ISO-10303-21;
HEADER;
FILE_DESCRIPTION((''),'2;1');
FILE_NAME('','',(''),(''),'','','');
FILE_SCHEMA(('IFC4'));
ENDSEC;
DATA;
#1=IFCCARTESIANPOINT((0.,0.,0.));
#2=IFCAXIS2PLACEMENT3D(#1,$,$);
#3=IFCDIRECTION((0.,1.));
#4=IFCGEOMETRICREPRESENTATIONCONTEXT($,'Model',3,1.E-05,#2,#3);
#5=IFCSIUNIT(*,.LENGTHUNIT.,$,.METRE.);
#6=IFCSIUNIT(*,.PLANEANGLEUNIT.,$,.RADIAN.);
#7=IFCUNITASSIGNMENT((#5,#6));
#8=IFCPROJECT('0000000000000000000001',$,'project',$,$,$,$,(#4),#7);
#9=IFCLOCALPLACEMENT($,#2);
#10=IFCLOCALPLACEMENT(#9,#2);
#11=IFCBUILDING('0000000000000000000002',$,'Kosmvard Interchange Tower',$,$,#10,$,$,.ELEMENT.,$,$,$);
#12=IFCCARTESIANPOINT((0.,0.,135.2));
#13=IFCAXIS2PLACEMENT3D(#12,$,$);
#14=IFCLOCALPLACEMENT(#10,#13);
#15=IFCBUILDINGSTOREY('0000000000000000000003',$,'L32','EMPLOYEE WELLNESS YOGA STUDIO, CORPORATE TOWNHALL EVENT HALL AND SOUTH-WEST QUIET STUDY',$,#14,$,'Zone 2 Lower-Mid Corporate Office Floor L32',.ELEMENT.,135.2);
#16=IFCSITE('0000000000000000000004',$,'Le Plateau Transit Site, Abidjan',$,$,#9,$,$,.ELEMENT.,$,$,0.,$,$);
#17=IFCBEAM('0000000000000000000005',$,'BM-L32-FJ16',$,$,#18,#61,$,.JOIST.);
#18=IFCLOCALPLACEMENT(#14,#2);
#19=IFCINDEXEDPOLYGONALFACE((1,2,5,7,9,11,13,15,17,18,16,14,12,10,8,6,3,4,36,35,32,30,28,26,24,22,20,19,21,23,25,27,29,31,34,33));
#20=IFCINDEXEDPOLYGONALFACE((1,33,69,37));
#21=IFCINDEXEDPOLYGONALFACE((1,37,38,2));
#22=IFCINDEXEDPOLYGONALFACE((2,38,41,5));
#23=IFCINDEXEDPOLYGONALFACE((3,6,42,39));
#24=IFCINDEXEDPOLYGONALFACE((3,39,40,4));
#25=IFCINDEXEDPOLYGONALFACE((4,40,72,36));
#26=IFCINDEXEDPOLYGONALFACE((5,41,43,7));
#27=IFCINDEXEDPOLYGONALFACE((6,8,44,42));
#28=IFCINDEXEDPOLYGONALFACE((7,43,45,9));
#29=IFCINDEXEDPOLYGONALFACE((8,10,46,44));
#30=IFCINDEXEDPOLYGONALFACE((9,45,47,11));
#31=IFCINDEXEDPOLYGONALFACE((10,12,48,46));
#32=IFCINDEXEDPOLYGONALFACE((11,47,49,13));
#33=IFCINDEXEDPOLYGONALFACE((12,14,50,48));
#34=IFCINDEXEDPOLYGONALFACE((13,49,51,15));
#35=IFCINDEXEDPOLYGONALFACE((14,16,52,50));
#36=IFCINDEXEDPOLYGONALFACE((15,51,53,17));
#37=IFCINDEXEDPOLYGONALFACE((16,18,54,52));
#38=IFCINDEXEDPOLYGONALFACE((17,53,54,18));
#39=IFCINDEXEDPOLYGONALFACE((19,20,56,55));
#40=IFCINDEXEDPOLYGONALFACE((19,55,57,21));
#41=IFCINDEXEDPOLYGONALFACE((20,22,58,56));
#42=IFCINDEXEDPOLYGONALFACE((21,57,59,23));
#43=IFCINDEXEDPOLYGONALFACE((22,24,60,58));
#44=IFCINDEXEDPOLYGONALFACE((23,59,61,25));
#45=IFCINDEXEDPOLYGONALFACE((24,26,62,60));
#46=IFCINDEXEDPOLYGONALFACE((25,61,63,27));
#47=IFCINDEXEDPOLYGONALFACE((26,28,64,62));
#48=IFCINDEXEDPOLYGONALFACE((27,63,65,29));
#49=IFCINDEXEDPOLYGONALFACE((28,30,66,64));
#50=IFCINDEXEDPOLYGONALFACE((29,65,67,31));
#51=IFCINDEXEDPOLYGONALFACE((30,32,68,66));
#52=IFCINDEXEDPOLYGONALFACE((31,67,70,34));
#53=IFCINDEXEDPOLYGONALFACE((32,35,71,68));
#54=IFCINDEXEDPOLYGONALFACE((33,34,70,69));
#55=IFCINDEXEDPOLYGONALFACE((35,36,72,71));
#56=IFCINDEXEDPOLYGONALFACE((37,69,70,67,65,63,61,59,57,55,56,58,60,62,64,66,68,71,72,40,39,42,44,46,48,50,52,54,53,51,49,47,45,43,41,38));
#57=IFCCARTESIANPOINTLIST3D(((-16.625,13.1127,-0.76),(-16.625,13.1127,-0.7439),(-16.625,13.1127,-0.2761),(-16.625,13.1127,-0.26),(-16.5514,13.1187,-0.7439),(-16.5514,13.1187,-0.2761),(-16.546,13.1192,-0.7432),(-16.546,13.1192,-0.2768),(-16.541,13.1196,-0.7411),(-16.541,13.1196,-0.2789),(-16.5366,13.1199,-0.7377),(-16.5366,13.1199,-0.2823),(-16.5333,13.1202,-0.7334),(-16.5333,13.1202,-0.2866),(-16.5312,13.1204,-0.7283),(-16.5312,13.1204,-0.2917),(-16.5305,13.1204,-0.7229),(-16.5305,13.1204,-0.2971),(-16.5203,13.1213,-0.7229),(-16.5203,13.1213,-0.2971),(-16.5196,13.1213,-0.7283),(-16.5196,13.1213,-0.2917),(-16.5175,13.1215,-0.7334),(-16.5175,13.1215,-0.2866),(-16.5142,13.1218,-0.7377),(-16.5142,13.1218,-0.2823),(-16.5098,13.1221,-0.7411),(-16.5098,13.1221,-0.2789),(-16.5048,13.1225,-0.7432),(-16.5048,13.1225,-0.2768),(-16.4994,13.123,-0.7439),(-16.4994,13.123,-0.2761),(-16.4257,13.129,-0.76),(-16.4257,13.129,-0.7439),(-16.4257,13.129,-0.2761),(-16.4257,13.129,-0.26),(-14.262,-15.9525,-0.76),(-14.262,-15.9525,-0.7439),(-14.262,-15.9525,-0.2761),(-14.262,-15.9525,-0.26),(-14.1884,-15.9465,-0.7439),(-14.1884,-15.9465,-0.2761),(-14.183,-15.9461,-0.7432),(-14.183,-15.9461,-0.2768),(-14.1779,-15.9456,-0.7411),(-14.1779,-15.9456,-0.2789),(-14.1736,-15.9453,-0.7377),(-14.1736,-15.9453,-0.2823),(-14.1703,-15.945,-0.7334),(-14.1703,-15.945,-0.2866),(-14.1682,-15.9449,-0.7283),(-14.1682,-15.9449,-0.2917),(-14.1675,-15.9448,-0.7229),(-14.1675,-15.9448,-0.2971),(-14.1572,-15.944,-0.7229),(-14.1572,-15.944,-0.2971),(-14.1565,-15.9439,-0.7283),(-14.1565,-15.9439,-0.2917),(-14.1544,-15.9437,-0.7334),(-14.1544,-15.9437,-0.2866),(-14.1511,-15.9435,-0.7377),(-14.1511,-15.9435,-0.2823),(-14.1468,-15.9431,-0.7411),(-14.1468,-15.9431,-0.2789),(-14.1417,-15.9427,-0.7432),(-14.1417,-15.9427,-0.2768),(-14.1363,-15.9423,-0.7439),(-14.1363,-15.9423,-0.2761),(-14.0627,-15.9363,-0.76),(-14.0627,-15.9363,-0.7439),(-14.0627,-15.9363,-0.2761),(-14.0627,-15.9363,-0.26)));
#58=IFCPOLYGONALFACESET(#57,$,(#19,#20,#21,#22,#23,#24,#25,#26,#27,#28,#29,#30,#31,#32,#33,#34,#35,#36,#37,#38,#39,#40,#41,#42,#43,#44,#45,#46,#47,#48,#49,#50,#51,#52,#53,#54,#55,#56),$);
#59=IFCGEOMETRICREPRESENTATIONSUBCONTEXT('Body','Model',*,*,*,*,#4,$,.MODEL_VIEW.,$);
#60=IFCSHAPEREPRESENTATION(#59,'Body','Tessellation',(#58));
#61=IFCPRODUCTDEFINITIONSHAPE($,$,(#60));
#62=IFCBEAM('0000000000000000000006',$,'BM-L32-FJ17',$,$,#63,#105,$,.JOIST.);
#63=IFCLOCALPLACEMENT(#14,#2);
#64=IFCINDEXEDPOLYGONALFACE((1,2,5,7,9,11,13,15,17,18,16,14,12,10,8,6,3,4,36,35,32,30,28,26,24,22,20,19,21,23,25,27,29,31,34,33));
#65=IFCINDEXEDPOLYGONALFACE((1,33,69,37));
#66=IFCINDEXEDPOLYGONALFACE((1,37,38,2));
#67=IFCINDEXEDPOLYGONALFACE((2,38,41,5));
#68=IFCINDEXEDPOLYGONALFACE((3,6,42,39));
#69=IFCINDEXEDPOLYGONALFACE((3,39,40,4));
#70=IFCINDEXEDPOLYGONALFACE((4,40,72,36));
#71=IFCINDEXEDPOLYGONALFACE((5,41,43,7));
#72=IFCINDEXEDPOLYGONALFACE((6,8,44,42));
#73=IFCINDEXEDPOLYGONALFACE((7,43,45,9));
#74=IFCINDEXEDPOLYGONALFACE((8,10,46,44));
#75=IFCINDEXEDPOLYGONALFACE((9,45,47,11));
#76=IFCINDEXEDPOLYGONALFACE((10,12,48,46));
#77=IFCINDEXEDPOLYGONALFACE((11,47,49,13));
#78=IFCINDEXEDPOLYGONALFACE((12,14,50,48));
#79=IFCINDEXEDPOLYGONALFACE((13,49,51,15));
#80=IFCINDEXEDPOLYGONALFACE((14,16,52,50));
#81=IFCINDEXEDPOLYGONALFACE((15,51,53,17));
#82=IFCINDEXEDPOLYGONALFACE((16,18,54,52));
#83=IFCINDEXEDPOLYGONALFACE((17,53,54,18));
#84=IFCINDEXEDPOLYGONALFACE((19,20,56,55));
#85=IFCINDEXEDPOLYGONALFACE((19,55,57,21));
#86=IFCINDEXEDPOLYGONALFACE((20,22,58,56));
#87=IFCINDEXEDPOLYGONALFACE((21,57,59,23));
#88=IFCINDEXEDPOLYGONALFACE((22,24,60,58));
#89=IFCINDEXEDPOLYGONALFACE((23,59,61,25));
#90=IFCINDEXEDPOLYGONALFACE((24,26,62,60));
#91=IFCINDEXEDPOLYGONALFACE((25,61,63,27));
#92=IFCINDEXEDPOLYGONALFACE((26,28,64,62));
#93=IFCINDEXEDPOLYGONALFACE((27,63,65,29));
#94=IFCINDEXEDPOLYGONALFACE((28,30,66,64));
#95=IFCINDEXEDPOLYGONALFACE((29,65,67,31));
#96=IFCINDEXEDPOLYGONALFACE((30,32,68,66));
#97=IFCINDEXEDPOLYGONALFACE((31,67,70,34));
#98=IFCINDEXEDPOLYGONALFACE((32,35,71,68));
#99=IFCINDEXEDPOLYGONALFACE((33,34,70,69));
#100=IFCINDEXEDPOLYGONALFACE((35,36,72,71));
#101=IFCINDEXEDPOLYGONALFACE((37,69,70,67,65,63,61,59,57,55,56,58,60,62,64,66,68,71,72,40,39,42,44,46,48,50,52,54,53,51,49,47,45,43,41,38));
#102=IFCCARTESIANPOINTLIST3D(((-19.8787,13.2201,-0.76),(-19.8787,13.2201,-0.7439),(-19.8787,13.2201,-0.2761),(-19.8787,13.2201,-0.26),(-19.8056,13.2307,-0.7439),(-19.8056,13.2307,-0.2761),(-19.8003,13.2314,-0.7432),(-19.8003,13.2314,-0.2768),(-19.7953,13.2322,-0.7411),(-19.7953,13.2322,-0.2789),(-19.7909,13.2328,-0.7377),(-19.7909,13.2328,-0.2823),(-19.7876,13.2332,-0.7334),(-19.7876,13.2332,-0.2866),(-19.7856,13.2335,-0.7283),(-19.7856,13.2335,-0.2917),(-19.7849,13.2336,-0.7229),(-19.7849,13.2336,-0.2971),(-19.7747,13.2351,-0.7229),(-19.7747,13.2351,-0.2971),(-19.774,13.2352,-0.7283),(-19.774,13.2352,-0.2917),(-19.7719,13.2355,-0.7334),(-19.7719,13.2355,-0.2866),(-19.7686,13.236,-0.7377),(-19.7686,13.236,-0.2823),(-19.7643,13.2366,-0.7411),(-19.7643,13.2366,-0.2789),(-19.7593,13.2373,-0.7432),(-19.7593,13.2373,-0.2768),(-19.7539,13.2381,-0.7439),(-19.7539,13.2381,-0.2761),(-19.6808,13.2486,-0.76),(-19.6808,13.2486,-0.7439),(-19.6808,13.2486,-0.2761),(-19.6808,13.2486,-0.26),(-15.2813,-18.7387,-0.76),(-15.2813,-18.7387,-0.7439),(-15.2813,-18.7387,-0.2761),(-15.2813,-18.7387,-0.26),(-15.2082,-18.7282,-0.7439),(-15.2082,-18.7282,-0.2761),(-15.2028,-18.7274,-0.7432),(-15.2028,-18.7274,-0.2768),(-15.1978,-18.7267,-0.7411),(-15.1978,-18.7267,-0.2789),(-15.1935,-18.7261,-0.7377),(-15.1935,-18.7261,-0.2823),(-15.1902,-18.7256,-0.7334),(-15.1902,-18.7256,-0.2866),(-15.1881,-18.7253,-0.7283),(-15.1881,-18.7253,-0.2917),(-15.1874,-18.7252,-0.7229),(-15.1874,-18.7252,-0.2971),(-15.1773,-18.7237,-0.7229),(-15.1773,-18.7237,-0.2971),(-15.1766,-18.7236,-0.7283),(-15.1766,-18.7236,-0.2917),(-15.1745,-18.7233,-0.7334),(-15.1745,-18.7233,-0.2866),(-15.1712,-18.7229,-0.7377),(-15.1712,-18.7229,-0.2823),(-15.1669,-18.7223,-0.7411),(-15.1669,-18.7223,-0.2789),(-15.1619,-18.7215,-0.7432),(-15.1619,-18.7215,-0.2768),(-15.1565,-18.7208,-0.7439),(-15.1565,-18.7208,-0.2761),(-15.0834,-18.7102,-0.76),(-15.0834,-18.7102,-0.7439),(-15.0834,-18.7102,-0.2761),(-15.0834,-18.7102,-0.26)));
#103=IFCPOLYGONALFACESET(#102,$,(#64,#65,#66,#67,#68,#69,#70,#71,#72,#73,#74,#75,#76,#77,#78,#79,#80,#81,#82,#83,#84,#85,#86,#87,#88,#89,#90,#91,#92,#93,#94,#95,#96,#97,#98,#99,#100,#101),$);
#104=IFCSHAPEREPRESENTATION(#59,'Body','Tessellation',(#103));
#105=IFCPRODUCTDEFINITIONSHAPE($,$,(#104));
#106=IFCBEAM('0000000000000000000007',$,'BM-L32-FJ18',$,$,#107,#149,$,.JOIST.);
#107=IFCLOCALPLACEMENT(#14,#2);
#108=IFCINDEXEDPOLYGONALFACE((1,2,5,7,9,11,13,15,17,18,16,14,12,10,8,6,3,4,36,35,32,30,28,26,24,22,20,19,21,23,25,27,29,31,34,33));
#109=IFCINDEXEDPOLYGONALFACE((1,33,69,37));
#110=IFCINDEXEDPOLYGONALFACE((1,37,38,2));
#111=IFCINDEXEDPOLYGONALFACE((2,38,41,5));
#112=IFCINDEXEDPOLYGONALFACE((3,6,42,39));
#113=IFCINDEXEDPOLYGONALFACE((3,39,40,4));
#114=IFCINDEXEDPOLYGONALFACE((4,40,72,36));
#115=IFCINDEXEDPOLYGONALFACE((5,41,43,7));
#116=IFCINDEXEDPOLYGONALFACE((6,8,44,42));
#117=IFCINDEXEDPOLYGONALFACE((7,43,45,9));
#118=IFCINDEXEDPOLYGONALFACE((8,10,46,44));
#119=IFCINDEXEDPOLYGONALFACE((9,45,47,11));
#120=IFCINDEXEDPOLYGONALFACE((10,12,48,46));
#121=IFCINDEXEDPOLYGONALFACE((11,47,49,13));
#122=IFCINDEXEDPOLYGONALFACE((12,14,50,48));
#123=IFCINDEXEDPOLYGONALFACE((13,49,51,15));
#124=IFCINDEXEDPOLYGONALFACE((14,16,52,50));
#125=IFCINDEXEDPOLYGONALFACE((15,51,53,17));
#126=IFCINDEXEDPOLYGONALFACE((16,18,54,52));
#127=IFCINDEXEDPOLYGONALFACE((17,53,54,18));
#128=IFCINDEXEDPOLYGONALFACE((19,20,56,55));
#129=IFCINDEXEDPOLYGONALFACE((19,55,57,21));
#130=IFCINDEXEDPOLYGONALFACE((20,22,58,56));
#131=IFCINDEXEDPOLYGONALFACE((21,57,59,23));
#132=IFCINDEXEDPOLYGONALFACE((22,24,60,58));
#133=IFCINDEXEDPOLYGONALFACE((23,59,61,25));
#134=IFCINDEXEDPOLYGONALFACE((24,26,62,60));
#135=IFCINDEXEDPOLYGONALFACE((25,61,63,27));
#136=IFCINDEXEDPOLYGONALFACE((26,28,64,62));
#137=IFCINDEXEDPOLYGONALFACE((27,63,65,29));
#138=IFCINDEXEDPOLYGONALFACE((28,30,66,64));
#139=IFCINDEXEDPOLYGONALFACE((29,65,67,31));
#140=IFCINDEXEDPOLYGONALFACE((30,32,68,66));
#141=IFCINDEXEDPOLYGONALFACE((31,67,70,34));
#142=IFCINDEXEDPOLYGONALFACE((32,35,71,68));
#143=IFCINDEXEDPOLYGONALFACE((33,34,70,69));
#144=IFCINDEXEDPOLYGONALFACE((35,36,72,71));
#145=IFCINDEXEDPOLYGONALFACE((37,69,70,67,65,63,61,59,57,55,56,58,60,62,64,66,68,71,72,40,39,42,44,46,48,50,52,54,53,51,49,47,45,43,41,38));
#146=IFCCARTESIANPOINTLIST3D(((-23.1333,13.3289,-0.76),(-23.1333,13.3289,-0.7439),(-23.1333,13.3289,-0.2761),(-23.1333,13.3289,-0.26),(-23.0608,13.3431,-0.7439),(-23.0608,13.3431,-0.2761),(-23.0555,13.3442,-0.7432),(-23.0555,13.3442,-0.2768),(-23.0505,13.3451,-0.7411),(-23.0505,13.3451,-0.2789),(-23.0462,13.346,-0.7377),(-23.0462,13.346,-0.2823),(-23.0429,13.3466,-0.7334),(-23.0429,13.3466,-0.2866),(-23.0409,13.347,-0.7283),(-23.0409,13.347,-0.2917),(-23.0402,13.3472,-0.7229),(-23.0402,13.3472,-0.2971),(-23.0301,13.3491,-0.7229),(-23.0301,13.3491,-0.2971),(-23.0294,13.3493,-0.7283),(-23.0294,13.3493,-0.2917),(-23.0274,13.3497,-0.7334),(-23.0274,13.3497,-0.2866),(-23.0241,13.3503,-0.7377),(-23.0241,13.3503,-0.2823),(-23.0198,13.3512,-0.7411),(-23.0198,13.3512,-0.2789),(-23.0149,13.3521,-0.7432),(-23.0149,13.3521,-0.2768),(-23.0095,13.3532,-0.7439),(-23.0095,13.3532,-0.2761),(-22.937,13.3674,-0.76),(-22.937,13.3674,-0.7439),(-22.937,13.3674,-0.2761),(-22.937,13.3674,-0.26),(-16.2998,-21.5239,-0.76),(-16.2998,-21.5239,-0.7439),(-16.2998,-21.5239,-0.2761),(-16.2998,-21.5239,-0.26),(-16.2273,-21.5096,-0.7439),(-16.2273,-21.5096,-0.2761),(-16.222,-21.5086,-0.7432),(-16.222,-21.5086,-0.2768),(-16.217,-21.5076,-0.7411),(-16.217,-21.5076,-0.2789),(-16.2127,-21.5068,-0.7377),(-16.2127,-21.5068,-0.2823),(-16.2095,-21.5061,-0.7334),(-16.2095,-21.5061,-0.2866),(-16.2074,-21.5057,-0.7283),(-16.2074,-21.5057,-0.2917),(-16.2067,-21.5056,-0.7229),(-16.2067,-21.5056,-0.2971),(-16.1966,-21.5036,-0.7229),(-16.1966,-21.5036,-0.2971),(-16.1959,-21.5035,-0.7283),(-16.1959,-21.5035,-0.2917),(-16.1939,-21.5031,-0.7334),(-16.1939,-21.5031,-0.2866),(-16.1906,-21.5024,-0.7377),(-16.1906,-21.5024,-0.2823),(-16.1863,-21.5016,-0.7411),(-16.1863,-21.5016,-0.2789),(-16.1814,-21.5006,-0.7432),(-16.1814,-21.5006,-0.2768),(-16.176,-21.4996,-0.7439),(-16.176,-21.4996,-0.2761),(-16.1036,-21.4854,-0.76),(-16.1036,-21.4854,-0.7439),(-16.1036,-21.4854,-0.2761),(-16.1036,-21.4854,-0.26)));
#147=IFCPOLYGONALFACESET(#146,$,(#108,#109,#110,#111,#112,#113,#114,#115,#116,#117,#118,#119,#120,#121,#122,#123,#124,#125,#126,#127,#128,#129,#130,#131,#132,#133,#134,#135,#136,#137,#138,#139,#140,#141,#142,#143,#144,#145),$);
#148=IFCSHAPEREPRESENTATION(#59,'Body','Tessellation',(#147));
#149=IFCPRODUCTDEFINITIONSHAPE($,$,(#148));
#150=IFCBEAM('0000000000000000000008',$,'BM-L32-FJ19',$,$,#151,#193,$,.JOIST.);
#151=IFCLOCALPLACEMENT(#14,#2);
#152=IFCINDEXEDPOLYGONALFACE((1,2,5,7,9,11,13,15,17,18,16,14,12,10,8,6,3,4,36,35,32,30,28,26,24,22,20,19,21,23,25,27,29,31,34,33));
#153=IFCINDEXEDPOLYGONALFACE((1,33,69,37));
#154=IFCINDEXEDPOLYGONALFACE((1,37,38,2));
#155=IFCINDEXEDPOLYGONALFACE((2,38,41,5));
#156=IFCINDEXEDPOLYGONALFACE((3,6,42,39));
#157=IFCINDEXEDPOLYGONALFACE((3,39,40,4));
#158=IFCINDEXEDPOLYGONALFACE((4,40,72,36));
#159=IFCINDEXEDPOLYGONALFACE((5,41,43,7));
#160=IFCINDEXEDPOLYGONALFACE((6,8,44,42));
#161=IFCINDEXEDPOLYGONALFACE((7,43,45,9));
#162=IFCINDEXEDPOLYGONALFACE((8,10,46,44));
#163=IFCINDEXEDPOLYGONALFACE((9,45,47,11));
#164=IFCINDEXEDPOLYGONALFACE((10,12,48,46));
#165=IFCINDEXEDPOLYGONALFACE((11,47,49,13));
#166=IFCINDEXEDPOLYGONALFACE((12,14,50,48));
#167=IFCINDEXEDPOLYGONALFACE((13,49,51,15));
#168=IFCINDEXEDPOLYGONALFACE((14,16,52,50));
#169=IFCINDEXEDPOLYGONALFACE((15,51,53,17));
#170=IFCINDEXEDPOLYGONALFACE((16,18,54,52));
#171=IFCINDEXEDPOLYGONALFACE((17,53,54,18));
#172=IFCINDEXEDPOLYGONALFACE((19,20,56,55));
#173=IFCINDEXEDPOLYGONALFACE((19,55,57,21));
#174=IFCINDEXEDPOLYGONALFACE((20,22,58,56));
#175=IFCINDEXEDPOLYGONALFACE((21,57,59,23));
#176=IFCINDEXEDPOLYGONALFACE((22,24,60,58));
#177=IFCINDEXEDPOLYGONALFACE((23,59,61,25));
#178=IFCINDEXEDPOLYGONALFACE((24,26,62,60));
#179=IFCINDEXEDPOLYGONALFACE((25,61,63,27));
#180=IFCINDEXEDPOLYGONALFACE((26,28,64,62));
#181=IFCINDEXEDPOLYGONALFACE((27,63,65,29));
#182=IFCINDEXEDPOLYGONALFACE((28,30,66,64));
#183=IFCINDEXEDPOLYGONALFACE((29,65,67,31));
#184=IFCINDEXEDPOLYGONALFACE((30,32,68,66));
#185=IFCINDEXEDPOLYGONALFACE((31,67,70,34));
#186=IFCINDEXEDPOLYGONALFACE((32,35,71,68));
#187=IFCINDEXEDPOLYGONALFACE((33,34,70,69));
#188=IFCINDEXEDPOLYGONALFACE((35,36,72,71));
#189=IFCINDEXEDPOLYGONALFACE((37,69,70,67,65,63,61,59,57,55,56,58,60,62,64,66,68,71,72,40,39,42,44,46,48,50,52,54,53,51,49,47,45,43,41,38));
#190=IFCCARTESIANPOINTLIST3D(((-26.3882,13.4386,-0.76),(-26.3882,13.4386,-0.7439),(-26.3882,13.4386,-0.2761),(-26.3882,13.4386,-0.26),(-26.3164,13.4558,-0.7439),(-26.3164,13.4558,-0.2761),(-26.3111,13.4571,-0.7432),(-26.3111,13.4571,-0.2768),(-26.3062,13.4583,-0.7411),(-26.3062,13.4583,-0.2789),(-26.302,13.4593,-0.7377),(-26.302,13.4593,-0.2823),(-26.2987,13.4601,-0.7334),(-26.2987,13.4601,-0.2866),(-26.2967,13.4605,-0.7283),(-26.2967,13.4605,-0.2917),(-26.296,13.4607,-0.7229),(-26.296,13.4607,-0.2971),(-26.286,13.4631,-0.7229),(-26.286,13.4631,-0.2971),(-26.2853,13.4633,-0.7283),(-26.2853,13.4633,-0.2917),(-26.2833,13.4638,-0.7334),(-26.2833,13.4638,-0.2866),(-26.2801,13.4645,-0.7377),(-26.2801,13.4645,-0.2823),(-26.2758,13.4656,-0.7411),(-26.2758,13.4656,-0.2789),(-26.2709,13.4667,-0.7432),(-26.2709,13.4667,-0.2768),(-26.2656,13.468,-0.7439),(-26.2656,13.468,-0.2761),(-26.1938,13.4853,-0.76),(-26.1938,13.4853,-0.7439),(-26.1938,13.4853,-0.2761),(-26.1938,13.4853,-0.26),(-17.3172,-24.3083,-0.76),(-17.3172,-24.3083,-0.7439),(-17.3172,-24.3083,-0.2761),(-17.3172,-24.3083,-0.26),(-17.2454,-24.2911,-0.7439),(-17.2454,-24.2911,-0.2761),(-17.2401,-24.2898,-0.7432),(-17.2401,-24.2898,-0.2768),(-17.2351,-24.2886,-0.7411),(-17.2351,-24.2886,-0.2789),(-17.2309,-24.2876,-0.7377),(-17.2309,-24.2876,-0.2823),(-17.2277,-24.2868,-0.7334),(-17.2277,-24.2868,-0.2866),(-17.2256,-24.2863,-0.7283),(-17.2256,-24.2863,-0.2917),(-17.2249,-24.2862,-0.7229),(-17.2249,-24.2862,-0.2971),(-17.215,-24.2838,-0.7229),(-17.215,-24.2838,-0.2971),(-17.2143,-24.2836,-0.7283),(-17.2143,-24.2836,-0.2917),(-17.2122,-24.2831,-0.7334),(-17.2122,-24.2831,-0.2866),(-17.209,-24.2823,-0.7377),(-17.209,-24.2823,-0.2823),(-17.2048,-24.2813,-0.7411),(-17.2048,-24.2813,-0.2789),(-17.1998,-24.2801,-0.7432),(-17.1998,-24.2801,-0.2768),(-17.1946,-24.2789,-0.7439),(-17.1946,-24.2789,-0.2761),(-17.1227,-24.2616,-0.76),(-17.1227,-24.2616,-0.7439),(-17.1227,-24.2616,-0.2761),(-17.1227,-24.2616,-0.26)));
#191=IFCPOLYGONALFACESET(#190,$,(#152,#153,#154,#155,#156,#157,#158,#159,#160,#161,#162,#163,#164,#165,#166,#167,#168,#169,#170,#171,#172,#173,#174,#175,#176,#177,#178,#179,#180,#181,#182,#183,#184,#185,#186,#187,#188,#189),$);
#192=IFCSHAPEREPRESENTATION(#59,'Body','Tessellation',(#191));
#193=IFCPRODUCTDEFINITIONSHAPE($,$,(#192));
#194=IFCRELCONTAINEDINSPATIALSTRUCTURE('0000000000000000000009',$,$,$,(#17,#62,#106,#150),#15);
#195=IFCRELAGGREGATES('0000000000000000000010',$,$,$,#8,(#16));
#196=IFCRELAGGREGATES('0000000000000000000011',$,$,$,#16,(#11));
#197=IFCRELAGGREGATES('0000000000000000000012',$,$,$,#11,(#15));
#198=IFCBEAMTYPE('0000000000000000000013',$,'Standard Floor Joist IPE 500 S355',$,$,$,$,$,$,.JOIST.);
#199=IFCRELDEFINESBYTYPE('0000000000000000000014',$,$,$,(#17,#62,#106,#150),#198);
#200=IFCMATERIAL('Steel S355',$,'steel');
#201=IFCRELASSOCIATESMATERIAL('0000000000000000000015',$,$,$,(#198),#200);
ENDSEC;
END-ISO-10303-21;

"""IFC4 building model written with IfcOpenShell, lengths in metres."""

from ifc_helpers import new_model, si_unit, direction, frame, origin, origin_2d, place, context, subcontext, project, spatial, i_section, extrude, source, transform, mapped, material, material_profile, profile_set, type_object, element, save


model = new_model("IFC4")

# Units and contexts
model_context = context("Model", 3, precision=1e-05, world=origin(), true_north=direction((0.0, 1.0)))
body_context = subcontext(model_context, "Body", "Model", "MODEL_VIEW")
ifc_project = project(units=[si_unit("LENGTHUNIT", "METRE"), si_unit("PLANEANGLEUNIT", "RADIAN")], contexts=[model_context])

# Site, building, storey
site_placement = place(None, origin())
site = spatial("IfcSite", under=ifc_project, at=site_placement, Name="Le Plateau Transit Site, Abidjan", CompositionType="ELEMENT", RefElevation=0.0)
building_placement = place(site_placement, origin())
building = spatial("IfcBuilding", under=site, at=building_placement, Name="Kosmvard Interchange Tower", CompositionType="ELEMENT")
storey_placement = place(building_placement, frame((0.0, 0.0, 135.2)))
storey = spatial("IfcBuildingStorey", under=building, at=storey_placement, Name="L32", Description="EMPLOYEE WELLNESS YOGA STUDIO, CORPORATE TOWNHALL EVENT HALL AND SOUTH-WEST QUIET STUDY", LongName="Zone 2 Lower-Mid Corporate Office Floor L32", CompositionType="ELEMENT", Elevation=135.2)

# Beams
ifc_material_1 = material(Name="Steel S355", Category="steel")
ifc_material_profile_1 = material_profile(ifc_material_1, i_section(OverallWidth=0.2, OverallDepth=0.5, WebThickness=0.0103, FlangeThickness=0.0161, FilletRadius=0.021, at=origin_2d()), Name="IPE 500")
ifc_profile_set_1 = profile_set([ifc_material_profile_1], Name="Steel S355")
beam_type_1 = type_object("IfcBeamType", Name="Standard Floor Joist IPE 500 S355", PredefinedType="JOIST", material=ifc_profile_set_1)
shared_shape_1 = source(origin(), body_context, "Body", "SweptSolid", [
    extrude(i_section(OverallWidth=0.2, OverallDepth=0.5, WebThickness=0.0103, FlangeThickness=0.0161, FilletRadius=0.021, at=origin_2d()), origin(), (0.0, 0.0, 1.0), 29.1611),
])
beam_1_placement = place(storey_placement, frame((-16.5254, 13.1208, -0.51), z_axis=(0.081034, -0.996711, 0.0), x_axis=(0.996711, 0.081034, 0.0)))
element("IfcBeam", 1, at=beam_1_placement, inside=storey, type_object=beam_type_1, Name="BM-L32-FJ16", PredefinedType="JOIST", context=body_context, shape_type="MappedRepresentation", body=[
    mapped(shared_shape_1, transform((0.0, 0.0, 0.0), scale=1.0)),
])
shared_shape_2 = source(origin(), body_context, "Body", "SweptSolid", [
    extrude(i_section(OverallWidth=0.2, OverallDepth=0.5, WebThickness=0.0103, FlangeThickness=0.0161, FilletRadius=0.021, at=origin_2d()), origin(), (0.0, 0.0, 1.0), 32.2878),
])
beam_2_placement = place(storey_placement, frame((-19.7798, 13.2344, -0.51), z_axis=(0.142389, -0.989811, 0.0), x_axis=(0.989811, 0.142389, 0.0)))
element("IfcBeam", 2, at=beam_2_placement, inside=storey, type_object=beam_type_1, Name="BM-L32-FJ17", PredefinedType="JOIST", context=body_context, shape_type="MappedRepresentation", body=[
    mapped(shared_shape_2, transform((0.0, 0.0, 0.0), scale=1.0)),
])
shared_shape_3 = source(origin(), body_context, "Body", "SweptSolid", [
    extrude(i_section(OverallWidth=0.2, OverallDepth=0.5, WebThickness=0.0103, FlangeThickness=0.0161, FilletRadius=0.021, at=origin_2d()), origin(), (0.0, 0.0, 1.0), 35.5164),
])
beam_3_placement = place(storey_placement, frame((-23.0352, 13.3481, -0.51), z_axis=(0.192404, -0.981316, 0.0), x_axis=(0.981316, 0.192404, 0.0)))
element("IfcBeam", 3, at=beam_3_placement, inside=storey, type_object=beam_type_1, Name="BM-L32-FJ18", PredefinedType="JOIST", context=body_context, shape_type="MappedRepresentation", body=[
    mapped(shared_shape_3, transform((0.0, 0.0, 0.0), scale=1.0)),
])
shared_shape_4 = source(origin(), body_context, "Body", "SweptSolid", [
    extrude(i_section(OverallWidth=0.2, OverallDepth=0.5, WebThickness=0.0103, FlangeThickness=0.0161, FilletRadius=0.021, at=origin_2d()), origin(), (0.0, 0.0, 1.0), 38.8215),
])
beam_4_placement = place(storey_placement, frame((-26.291, 13.4619, -0.51), z_axis=(0.233661, -0.972318, 0.0), x_axis=(0.972318, 0.233661, 0.0)))
element("IfcBeam", 4, at=beam_4_placement, inside=storey, type_object=beam_type_1, Name="BM-L32-FJ19", PredefinedType="JOIST", context=body_context, shape_type="MappedRepresentation", body=[
    mapped(shared_shape_4, transform((0.0, 0.0, 0.0), scale=1.0)),
])

save(model, "model.ifc")
